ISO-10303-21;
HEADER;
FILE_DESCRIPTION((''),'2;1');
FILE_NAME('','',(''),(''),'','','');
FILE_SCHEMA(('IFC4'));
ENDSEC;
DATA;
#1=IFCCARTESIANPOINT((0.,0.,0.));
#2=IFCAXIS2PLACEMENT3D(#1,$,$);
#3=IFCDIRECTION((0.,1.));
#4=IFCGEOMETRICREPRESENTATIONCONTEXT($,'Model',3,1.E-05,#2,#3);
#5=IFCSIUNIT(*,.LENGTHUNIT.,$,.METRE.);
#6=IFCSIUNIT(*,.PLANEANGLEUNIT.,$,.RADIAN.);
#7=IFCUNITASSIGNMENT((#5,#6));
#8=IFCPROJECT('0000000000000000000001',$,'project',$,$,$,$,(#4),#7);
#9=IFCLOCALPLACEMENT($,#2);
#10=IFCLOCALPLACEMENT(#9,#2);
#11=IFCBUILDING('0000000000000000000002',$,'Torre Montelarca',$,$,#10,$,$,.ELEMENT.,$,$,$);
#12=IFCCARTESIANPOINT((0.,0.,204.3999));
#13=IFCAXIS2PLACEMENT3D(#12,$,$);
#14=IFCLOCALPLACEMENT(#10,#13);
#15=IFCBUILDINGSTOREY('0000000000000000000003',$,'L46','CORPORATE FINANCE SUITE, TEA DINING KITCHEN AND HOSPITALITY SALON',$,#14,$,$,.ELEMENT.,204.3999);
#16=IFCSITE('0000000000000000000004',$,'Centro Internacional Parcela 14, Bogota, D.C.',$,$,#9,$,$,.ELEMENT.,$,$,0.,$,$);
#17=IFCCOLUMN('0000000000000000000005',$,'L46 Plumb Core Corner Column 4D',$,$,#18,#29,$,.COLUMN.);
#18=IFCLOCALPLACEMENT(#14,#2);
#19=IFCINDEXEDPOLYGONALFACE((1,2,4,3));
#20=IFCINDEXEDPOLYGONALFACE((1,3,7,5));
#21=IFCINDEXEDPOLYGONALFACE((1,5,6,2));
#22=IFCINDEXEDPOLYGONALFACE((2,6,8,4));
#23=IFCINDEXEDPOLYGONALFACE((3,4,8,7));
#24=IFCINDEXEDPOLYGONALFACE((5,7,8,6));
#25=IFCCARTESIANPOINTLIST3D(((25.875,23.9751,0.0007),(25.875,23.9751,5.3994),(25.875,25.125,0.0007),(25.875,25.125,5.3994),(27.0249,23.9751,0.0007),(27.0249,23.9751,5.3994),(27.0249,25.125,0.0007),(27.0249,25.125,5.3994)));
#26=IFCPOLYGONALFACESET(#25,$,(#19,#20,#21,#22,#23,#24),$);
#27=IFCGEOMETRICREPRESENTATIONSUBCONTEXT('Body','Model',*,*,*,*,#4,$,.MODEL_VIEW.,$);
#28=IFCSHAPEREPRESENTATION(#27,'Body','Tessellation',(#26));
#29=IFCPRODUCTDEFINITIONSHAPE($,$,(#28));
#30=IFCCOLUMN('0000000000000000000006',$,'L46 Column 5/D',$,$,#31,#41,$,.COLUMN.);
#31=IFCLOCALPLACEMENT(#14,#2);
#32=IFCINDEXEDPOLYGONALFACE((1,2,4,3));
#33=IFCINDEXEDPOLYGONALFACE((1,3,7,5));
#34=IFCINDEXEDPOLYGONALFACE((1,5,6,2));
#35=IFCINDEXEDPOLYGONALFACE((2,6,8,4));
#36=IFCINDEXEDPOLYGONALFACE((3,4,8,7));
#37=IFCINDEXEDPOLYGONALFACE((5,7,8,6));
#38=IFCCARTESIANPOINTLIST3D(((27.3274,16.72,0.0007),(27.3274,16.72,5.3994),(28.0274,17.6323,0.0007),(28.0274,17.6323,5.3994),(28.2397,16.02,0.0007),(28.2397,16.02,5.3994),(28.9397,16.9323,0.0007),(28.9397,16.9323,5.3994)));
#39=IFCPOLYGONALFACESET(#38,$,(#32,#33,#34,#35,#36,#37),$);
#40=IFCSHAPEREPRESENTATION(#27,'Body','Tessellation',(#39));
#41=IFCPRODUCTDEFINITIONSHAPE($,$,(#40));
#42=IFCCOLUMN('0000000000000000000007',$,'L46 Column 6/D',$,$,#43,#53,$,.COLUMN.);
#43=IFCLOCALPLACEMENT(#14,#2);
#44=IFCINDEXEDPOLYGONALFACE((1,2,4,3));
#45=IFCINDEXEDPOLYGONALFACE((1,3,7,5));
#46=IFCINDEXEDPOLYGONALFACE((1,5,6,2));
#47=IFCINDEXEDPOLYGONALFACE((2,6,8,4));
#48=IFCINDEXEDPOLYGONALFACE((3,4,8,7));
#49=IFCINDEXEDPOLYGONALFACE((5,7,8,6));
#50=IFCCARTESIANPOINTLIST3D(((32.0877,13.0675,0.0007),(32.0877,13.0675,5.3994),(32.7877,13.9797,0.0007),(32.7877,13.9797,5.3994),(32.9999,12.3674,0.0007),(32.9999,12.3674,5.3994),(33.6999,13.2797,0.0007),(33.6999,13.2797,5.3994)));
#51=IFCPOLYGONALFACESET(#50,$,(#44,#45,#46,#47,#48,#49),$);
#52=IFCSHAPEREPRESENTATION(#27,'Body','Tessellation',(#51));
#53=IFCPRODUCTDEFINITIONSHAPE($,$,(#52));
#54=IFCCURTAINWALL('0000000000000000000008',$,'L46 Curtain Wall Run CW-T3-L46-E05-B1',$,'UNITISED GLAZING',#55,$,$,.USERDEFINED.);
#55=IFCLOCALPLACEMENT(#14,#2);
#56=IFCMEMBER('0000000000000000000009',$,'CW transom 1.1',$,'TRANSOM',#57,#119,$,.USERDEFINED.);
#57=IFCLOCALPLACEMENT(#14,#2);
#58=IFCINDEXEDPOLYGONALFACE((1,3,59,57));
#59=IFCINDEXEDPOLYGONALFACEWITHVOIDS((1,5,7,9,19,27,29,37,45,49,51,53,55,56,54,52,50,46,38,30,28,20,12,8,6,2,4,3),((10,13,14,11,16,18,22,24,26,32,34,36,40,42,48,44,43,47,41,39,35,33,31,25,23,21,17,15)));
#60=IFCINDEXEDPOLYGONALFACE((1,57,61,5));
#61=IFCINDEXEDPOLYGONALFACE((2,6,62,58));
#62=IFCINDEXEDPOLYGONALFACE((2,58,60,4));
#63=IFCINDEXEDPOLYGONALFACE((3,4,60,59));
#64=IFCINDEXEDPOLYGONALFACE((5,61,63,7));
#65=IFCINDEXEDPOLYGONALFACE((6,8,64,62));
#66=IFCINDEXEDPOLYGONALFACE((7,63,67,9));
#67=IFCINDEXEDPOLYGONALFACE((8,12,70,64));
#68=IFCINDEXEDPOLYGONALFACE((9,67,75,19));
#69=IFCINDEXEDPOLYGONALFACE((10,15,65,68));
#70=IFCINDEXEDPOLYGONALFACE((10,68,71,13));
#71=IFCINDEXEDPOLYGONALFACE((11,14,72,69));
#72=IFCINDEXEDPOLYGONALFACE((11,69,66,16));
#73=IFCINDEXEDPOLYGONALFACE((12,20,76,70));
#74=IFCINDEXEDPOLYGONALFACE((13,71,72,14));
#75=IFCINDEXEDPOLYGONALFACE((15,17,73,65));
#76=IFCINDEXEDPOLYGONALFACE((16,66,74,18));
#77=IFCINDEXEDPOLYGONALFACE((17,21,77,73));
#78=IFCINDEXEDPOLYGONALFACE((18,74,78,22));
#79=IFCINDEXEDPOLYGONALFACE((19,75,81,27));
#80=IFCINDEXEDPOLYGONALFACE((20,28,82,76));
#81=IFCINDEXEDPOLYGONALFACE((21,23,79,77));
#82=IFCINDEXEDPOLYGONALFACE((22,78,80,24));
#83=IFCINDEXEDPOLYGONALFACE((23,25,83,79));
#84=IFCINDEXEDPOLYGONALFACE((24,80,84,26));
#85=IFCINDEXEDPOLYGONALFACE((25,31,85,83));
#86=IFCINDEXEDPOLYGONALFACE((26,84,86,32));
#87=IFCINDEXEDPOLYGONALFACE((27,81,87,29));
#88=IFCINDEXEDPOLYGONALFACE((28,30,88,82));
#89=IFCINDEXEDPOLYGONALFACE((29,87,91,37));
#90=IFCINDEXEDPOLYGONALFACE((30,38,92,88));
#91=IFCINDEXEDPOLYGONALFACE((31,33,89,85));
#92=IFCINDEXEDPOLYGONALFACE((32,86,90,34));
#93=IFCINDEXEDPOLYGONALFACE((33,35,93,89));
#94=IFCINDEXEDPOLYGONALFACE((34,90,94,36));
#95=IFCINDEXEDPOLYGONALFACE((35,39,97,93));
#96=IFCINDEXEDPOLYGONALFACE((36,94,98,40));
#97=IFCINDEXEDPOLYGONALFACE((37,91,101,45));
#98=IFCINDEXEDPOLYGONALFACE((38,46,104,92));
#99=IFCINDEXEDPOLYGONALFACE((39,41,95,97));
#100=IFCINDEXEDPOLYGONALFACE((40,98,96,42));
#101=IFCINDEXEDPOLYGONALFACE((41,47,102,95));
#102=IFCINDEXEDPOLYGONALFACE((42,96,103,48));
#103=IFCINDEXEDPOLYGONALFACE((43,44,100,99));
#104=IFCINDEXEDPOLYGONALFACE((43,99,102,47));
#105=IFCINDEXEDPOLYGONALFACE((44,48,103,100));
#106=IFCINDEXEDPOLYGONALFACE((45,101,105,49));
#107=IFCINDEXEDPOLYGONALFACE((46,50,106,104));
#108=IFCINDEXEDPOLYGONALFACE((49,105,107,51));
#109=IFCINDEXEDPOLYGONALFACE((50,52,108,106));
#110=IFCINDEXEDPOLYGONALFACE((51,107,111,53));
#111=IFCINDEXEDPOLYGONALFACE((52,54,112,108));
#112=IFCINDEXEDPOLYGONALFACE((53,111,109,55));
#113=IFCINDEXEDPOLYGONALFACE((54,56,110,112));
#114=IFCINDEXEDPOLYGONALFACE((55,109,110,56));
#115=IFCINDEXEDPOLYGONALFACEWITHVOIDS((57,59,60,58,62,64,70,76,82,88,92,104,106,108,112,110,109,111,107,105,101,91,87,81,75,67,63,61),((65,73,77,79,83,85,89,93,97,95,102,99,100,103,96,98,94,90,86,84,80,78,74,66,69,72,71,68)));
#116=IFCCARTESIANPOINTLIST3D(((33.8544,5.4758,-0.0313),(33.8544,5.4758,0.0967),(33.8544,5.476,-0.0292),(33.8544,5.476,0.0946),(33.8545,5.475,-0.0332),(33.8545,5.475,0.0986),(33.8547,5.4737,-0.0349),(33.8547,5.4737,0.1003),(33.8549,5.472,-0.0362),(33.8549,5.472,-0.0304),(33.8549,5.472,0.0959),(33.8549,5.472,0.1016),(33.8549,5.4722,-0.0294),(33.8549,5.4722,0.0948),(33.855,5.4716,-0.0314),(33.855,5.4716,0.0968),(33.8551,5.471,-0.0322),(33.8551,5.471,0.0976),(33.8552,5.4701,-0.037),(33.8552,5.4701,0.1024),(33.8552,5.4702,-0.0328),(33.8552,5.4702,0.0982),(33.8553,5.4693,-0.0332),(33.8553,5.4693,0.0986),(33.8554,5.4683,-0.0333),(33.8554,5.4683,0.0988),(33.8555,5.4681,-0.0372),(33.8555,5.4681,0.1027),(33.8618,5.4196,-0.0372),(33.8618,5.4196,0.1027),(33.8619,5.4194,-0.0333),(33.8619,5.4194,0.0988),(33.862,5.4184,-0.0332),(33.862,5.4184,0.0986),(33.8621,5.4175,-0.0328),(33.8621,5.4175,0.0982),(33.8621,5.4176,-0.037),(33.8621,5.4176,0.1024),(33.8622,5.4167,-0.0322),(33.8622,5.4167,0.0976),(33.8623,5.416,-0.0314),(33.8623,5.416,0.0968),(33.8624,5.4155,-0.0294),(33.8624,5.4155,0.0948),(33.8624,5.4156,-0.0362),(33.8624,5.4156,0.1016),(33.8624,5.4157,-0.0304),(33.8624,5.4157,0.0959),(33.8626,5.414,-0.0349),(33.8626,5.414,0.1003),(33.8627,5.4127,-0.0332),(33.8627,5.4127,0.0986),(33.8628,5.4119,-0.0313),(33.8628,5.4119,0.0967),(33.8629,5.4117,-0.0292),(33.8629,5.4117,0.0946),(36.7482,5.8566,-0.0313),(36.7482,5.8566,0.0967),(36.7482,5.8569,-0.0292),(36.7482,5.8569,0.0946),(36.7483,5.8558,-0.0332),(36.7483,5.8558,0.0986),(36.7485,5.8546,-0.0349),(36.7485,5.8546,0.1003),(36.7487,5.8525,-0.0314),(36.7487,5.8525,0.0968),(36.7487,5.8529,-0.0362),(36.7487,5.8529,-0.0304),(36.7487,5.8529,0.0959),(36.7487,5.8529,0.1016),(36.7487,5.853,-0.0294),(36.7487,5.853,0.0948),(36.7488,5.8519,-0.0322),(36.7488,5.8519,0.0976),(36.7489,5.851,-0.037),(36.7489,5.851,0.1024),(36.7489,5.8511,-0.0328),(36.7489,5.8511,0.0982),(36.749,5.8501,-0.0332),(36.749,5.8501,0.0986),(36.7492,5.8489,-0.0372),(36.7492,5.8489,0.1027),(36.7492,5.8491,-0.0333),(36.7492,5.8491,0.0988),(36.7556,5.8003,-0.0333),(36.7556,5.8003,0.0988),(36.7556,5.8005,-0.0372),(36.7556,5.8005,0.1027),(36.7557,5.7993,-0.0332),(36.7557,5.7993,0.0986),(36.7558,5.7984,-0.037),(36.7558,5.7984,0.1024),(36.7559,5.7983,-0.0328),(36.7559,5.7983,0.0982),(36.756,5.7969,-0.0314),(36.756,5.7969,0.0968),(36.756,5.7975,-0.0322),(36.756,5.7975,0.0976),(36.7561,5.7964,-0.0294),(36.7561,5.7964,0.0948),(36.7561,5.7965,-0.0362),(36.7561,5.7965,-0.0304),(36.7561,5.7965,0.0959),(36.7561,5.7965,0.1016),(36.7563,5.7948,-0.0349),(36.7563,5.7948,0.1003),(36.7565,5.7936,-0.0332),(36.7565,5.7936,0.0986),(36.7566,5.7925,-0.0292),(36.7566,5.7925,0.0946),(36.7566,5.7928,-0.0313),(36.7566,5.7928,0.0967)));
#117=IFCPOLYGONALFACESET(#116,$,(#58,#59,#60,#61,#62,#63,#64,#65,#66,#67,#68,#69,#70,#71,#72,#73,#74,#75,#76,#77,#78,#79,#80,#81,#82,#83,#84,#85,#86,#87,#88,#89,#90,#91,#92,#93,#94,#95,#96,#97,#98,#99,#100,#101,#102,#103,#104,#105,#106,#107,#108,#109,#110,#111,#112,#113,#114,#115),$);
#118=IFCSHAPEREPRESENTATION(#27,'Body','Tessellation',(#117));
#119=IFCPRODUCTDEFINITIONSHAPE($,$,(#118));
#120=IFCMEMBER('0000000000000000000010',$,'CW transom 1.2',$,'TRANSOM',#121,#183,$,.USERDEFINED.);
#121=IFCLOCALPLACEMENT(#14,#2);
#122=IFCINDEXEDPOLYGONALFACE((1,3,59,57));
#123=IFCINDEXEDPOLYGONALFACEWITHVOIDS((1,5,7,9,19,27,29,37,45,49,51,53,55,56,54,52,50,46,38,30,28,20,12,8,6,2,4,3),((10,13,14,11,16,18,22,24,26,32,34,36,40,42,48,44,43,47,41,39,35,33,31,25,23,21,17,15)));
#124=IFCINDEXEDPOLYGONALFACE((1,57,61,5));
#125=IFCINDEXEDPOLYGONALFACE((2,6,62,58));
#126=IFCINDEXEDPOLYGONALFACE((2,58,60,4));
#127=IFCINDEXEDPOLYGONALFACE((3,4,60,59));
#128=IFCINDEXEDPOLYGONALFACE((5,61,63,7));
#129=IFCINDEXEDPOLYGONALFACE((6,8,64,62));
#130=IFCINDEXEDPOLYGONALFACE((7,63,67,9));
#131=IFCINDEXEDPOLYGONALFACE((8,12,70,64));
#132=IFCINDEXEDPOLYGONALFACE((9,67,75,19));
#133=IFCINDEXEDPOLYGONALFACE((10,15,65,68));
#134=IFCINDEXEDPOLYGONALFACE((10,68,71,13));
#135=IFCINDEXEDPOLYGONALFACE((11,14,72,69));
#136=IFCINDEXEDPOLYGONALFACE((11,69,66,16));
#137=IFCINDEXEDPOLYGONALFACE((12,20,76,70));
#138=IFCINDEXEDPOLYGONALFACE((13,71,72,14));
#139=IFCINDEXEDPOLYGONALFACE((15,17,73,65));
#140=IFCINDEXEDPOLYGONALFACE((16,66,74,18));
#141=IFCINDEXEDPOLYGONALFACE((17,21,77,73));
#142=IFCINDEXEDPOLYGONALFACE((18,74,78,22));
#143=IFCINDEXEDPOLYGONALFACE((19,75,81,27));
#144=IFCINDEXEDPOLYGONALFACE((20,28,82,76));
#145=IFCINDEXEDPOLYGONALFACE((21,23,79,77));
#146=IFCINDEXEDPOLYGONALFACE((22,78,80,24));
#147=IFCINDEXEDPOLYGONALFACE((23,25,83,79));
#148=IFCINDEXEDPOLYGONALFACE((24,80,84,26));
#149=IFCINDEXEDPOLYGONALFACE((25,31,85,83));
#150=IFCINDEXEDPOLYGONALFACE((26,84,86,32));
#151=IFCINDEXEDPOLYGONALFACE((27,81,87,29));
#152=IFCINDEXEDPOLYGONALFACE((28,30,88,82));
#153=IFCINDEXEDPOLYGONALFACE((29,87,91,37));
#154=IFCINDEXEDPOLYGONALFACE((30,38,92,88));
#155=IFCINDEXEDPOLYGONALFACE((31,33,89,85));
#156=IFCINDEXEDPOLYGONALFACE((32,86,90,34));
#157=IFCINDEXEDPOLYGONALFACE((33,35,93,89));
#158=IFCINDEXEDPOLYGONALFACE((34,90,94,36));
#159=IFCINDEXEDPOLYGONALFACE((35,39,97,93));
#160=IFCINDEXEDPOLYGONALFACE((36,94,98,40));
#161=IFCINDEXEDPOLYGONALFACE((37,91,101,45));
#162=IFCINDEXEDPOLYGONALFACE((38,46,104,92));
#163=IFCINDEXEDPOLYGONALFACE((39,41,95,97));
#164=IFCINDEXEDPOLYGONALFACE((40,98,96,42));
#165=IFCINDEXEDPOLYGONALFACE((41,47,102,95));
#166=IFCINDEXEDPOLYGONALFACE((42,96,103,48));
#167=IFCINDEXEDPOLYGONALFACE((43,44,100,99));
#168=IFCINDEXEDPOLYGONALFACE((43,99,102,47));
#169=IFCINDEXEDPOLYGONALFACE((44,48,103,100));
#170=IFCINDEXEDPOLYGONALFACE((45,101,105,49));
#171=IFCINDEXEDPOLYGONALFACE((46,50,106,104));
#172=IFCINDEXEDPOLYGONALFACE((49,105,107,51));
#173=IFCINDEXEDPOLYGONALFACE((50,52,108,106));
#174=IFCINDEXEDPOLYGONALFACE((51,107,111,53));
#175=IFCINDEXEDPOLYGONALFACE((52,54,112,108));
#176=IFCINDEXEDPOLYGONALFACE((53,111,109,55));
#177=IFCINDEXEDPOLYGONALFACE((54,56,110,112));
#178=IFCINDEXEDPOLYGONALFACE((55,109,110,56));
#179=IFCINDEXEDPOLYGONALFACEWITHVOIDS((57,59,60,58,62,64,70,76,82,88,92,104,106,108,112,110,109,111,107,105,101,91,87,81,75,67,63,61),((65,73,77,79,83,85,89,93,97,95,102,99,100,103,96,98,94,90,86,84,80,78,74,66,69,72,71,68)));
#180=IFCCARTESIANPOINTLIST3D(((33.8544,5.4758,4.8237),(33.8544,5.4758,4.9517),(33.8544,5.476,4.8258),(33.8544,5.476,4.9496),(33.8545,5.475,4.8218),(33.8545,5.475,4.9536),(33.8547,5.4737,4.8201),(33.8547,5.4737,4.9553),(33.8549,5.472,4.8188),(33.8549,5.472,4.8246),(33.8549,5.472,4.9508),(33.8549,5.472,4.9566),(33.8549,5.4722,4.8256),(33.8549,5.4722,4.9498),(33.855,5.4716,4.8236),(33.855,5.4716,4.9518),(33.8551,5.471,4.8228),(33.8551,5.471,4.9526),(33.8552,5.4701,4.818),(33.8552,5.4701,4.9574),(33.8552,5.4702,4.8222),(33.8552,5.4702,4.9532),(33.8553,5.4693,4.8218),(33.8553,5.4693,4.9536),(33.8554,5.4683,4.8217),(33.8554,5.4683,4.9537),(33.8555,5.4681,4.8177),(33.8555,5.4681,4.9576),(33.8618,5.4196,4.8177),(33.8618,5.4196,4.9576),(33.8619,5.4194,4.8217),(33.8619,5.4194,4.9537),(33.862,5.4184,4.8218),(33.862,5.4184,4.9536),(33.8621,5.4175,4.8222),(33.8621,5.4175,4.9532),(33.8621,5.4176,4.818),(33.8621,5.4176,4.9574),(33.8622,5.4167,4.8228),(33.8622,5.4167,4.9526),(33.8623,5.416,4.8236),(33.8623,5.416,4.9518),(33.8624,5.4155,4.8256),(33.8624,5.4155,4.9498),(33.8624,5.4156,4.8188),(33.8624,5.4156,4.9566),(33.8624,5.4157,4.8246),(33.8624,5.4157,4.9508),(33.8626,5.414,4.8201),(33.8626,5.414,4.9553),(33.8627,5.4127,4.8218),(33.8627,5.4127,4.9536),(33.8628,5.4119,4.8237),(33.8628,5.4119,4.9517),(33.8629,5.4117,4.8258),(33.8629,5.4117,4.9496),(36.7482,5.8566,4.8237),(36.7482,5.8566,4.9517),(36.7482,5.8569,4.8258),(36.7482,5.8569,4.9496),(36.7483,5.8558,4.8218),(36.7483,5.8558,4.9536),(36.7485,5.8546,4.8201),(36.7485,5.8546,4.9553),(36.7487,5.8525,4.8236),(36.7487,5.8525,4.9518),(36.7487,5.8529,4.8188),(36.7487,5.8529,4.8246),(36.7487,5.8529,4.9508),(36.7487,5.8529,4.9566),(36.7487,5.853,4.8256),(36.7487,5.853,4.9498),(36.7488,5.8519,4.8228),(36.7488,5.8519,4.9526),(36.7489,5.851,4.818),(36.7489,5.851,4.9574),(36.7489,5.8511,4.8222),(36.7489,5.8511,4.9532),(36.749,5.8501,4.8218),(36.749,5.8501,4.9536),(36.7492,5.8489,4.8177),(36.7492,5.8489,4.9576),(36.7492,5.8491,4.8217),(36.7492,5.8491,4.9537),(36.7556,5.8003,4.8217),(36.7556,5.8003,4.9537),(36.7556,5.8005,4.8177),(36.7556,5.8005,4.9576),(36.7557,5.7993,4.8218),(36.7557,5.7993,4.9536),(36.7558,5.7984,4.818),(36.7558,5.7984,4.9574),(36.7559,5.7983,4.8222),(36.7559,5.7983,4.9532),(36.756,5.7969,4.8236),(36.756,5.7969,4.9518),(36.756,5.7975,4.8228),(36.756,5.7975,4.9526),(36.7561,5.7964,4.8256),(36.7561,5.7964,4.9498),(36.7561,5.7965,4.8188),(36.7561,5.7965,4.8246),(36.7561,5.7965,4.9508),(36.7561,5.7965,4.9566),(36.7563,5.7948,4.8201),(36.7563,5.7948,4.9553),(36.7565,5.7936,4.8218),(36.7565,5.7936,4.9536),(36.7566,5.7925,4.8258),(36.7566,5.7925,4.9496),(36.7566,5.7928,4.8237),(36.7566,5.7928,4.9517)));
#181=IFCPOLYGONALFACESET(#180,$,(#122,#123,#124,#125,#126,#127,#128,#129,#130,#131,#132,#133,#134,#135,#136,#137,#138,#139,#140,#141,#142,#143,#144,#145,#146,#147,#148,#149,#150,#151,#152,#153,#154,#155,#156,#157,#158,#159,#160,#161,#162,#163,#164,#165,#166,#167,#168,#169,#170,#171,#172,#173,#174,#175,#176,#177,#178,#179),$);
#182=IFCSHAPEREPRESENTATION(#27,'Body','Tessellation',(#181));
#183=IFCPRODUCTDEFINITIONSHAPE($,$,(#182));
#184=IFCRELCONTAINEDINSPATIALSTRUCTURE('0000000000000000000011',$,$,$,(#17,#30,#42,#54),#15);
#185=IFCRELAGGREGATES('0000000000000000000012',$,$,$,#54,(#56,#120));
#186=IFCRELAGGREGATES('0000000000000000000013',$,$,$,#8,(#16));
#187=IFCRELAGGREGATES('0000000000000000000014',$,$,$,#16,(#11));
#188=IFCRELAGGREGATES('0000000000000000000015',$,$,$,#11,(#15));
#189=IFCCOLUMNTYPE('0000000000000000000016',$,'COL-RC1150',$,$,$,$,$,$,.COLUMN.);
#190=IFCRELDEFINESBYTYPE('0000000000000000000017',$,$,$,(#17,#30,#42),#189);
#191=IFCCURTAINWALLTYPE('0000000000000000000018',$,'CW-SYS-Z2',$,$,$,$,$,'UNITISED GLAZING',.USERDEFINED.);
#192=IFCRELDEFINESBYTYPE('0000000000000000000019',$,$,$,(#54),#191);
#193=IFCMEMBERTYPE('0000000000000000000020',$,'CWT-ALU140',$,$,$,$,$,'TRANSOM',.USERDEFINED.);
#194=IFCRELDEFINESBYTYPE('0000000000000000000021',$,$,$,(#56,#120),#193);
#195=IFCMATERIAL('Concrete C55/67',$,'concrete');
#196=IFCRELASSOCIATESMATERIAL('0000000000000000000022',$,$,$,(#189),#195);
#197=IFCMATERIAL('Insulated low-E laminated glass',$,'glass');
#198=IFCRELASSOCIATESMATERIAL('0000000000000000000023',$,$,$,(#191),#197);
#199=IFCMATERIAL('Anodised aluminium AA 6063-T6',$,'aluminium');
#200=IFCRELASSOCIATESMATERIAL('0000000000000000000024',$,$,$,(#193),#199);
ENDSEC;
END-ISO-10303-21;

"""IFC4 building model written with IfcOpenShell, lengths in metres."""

from ifc_helpers import new_model, si_unit, direction, frame, origin, origin_2d, place, context, subcontext, project, spatial, rectangle, hollow_rectangle, extrude, source, transform, mapped, material, material_profile, profile_set, type_object, element, aggregate, save


model = new_model("IFC4")

# Units and contexts
model_context = context("Model", 3, precision=1e-05, world=origin(), true_north=direction((0.0, 1.0)))
body_context = subcontext(model_context, "Body", "Model", "MODEL_VIEW")
ifc_project = project(units=[si_unit("LENGTHUNIT", "METRE"), si_unit("PLANEANGLEUNIT", "RADIAN")], contexts=[model_context])

# Site, building, storey
site_placement = place(None, origin())
site = spatial("IfcSite", under=ifc_project, at=site_placement, Name="Centro Internacional Parcela 14, Bogota, D.C.", CompositionType="ELEMENT", RefElevation=0.0)
building_placement = place(site_placement, origin())
building = spatial("IfcBuilding", under=site, at=building_placement, Name="Torre Montelarca", CompositionType="ELEMENT")
storey_placement = place(building_placement, frame((0.0, 0.0, 204.3999)))
storey = spatial("IfcBuildingStorey", under=building, at=storey_placement, Name="L46", Description="CORPORATE FINANCE SUITE, TEA DINING KITCHEN AND HOSPITALITY SALON", CompositionType="ELEMENT", Elevation=204.3999)

# Columns
ifc_material_1 = material(Name="Concrete C55/67", Category="concrete")
ifc_material_profile_1 = material_profile(ifc_material_1, rectangle(XDim=1.1499, YDim=1.1499, at=origin_2d()), Name="RC1150X1150", Category="concrete")
ifc_profile_set_1 = profile_set([ifc_material_profile_1], Name="Concrete C55/67")
column_type = type_object("IfcColumnType", Name="COL-RC1150", PredefinedType="COLUMN", material=ifc_profile_set_1)
shared_shape_1 = source(origin(), body_context, "Body", "SweptSolid", [
    extrude(rectangle(XDim=1.1499, YDim=1.1499, at=origin_2d()), origin(), (0.0, 0.0, 1.0), 5.3987),
])
for number, where, z_axis, x_axis, name in (
    (1, (26.45, 24.55, 0.0007), (0.0, 0.0, 1.0), (1.0, 0.0, 0.0), "L46 Plumb Core Corner Column 4D"),
    (2, (28.1335, 16.8262, 0.0007), (0.0, 0.0, 1.0), (-0.793353, 0.608761, 0.0), "L46 Column 5/D"),
    (3, (32.8938, 13.1736, 0.0007), (0.0, 0.0, 1.0), (-0.793353, 0.608761, 0.0), "L46 Column 6/D"),
):
    element("IfcColumn", number, at=place(storey_placement, frame(where, z_axis=z_axis, x_axis=x_axis)), inside=storey, type_object=column_type, Name=name, PredefinedType="COLUMN", context=body_context, shape_type="MappedRepresentation", body=[
        mapped(shared_shape_1, transform((0.0, 0.0, 0.0), scale=1.0)),
    ])

# Curtain wall, members
ifc_material_2 = material(Name="Insulated low-E laminated glass", Category="glass")
curtain_wall_type = type_object("IfcCurtainWallType", Name="CW-SYS-Z2", ElementType="UNITISED GLAZING", PredefinedType="USERDEFINED", material=ifc_material_2)
curtain_wall_1_placement = place(storey_placement, origin())
curtain_wall_1 = element("IfcCurtainWall", 4, at=curtain_wall_1_placement, inside=storey, type_object=curtain_wall_type, Name="L46 Curtain Wall Run CW-T3-L46-E05-B1", ObjectType="UNITISED GLAZING", PredefinedType="USERDEFINED")
ifc_material_3 = material(Name="Anodised aluminium AA 6063-T6", Category="aluminium")
ifc_material_profile_2 = material_profile(ifc_material_3, hollow_rectangle(XDim=0.0649, YDim=0.1399, WallThickness=0.0039, InnerFilletRadius=0.0039, OuterFilletRadius=0.0081, at=origin_2d()), Name="ALU65X140X4", Category="aluminium")
ifc_profile_set_2 = profile_set([ifc_material_profile_2], Name="Anodised aluminium AA 6063-T6")
member_type_1 = type_object("IfcMemberType", Name="CWT-ALU140", ElementType="TRANSOM", PredefinedType="USERDEFINED", material=ifc_profile_set_2)
shared_shape_2 = source(origin(), body_context, "Body", "SweptSolid", [
    extrude(hollow_rectangle(XDim=0.0649, YDim=0.1399, WallThickness=0.0039, InnerFilletRadius=0.0039, OuterFilletRadius=0.0081, at=origin_2d()), origin(), (0.0, 0.0, 1.0), 2.9187),
])
member_1_placement = place(storey_placement, frame((33.8586, 5.4438, 0.0327), z_axis=(0.99145, 0.130487, 0.0), x_axis=(-0.130487, 0.99145, 0.0)))
member_1 = element("IfcMember", 5, at=member_1_placement, type_object=member_type_1, Name="CW transom 1.1", ObjectType="TRANSOM", PredefinedType="USERDEFINED", context=body_context, shape_type="MappedRepresentation", body=[
    mapped(shared_shape_2, transform((0.0, 0.0, 0.0), scale=1.0)),
])
member_2_placement = place(storey_placement, frame((33.8586, 5.4438, 4.8877), z_axis=(0.99145, 0.130487, 0.0), x_axis=(-0.130487, 0.99145, 0.0)))
member_2 = element("IfcMember", 6, at=member_2_placement, type_object=member_type_1, Name="CW transom 1.2", ObjectType="TRANSOM", PredefinedType="USERDEFINED", context=body_context, shape_type="MappedRepresentation", body=[
    mapped(shared_shape_2, transform((0.0, 0.0, 0.0), scale=1.0)),
])

aggregate(curtain_wall_1, [member_1, member_2])

save(model, "model.ifc")
